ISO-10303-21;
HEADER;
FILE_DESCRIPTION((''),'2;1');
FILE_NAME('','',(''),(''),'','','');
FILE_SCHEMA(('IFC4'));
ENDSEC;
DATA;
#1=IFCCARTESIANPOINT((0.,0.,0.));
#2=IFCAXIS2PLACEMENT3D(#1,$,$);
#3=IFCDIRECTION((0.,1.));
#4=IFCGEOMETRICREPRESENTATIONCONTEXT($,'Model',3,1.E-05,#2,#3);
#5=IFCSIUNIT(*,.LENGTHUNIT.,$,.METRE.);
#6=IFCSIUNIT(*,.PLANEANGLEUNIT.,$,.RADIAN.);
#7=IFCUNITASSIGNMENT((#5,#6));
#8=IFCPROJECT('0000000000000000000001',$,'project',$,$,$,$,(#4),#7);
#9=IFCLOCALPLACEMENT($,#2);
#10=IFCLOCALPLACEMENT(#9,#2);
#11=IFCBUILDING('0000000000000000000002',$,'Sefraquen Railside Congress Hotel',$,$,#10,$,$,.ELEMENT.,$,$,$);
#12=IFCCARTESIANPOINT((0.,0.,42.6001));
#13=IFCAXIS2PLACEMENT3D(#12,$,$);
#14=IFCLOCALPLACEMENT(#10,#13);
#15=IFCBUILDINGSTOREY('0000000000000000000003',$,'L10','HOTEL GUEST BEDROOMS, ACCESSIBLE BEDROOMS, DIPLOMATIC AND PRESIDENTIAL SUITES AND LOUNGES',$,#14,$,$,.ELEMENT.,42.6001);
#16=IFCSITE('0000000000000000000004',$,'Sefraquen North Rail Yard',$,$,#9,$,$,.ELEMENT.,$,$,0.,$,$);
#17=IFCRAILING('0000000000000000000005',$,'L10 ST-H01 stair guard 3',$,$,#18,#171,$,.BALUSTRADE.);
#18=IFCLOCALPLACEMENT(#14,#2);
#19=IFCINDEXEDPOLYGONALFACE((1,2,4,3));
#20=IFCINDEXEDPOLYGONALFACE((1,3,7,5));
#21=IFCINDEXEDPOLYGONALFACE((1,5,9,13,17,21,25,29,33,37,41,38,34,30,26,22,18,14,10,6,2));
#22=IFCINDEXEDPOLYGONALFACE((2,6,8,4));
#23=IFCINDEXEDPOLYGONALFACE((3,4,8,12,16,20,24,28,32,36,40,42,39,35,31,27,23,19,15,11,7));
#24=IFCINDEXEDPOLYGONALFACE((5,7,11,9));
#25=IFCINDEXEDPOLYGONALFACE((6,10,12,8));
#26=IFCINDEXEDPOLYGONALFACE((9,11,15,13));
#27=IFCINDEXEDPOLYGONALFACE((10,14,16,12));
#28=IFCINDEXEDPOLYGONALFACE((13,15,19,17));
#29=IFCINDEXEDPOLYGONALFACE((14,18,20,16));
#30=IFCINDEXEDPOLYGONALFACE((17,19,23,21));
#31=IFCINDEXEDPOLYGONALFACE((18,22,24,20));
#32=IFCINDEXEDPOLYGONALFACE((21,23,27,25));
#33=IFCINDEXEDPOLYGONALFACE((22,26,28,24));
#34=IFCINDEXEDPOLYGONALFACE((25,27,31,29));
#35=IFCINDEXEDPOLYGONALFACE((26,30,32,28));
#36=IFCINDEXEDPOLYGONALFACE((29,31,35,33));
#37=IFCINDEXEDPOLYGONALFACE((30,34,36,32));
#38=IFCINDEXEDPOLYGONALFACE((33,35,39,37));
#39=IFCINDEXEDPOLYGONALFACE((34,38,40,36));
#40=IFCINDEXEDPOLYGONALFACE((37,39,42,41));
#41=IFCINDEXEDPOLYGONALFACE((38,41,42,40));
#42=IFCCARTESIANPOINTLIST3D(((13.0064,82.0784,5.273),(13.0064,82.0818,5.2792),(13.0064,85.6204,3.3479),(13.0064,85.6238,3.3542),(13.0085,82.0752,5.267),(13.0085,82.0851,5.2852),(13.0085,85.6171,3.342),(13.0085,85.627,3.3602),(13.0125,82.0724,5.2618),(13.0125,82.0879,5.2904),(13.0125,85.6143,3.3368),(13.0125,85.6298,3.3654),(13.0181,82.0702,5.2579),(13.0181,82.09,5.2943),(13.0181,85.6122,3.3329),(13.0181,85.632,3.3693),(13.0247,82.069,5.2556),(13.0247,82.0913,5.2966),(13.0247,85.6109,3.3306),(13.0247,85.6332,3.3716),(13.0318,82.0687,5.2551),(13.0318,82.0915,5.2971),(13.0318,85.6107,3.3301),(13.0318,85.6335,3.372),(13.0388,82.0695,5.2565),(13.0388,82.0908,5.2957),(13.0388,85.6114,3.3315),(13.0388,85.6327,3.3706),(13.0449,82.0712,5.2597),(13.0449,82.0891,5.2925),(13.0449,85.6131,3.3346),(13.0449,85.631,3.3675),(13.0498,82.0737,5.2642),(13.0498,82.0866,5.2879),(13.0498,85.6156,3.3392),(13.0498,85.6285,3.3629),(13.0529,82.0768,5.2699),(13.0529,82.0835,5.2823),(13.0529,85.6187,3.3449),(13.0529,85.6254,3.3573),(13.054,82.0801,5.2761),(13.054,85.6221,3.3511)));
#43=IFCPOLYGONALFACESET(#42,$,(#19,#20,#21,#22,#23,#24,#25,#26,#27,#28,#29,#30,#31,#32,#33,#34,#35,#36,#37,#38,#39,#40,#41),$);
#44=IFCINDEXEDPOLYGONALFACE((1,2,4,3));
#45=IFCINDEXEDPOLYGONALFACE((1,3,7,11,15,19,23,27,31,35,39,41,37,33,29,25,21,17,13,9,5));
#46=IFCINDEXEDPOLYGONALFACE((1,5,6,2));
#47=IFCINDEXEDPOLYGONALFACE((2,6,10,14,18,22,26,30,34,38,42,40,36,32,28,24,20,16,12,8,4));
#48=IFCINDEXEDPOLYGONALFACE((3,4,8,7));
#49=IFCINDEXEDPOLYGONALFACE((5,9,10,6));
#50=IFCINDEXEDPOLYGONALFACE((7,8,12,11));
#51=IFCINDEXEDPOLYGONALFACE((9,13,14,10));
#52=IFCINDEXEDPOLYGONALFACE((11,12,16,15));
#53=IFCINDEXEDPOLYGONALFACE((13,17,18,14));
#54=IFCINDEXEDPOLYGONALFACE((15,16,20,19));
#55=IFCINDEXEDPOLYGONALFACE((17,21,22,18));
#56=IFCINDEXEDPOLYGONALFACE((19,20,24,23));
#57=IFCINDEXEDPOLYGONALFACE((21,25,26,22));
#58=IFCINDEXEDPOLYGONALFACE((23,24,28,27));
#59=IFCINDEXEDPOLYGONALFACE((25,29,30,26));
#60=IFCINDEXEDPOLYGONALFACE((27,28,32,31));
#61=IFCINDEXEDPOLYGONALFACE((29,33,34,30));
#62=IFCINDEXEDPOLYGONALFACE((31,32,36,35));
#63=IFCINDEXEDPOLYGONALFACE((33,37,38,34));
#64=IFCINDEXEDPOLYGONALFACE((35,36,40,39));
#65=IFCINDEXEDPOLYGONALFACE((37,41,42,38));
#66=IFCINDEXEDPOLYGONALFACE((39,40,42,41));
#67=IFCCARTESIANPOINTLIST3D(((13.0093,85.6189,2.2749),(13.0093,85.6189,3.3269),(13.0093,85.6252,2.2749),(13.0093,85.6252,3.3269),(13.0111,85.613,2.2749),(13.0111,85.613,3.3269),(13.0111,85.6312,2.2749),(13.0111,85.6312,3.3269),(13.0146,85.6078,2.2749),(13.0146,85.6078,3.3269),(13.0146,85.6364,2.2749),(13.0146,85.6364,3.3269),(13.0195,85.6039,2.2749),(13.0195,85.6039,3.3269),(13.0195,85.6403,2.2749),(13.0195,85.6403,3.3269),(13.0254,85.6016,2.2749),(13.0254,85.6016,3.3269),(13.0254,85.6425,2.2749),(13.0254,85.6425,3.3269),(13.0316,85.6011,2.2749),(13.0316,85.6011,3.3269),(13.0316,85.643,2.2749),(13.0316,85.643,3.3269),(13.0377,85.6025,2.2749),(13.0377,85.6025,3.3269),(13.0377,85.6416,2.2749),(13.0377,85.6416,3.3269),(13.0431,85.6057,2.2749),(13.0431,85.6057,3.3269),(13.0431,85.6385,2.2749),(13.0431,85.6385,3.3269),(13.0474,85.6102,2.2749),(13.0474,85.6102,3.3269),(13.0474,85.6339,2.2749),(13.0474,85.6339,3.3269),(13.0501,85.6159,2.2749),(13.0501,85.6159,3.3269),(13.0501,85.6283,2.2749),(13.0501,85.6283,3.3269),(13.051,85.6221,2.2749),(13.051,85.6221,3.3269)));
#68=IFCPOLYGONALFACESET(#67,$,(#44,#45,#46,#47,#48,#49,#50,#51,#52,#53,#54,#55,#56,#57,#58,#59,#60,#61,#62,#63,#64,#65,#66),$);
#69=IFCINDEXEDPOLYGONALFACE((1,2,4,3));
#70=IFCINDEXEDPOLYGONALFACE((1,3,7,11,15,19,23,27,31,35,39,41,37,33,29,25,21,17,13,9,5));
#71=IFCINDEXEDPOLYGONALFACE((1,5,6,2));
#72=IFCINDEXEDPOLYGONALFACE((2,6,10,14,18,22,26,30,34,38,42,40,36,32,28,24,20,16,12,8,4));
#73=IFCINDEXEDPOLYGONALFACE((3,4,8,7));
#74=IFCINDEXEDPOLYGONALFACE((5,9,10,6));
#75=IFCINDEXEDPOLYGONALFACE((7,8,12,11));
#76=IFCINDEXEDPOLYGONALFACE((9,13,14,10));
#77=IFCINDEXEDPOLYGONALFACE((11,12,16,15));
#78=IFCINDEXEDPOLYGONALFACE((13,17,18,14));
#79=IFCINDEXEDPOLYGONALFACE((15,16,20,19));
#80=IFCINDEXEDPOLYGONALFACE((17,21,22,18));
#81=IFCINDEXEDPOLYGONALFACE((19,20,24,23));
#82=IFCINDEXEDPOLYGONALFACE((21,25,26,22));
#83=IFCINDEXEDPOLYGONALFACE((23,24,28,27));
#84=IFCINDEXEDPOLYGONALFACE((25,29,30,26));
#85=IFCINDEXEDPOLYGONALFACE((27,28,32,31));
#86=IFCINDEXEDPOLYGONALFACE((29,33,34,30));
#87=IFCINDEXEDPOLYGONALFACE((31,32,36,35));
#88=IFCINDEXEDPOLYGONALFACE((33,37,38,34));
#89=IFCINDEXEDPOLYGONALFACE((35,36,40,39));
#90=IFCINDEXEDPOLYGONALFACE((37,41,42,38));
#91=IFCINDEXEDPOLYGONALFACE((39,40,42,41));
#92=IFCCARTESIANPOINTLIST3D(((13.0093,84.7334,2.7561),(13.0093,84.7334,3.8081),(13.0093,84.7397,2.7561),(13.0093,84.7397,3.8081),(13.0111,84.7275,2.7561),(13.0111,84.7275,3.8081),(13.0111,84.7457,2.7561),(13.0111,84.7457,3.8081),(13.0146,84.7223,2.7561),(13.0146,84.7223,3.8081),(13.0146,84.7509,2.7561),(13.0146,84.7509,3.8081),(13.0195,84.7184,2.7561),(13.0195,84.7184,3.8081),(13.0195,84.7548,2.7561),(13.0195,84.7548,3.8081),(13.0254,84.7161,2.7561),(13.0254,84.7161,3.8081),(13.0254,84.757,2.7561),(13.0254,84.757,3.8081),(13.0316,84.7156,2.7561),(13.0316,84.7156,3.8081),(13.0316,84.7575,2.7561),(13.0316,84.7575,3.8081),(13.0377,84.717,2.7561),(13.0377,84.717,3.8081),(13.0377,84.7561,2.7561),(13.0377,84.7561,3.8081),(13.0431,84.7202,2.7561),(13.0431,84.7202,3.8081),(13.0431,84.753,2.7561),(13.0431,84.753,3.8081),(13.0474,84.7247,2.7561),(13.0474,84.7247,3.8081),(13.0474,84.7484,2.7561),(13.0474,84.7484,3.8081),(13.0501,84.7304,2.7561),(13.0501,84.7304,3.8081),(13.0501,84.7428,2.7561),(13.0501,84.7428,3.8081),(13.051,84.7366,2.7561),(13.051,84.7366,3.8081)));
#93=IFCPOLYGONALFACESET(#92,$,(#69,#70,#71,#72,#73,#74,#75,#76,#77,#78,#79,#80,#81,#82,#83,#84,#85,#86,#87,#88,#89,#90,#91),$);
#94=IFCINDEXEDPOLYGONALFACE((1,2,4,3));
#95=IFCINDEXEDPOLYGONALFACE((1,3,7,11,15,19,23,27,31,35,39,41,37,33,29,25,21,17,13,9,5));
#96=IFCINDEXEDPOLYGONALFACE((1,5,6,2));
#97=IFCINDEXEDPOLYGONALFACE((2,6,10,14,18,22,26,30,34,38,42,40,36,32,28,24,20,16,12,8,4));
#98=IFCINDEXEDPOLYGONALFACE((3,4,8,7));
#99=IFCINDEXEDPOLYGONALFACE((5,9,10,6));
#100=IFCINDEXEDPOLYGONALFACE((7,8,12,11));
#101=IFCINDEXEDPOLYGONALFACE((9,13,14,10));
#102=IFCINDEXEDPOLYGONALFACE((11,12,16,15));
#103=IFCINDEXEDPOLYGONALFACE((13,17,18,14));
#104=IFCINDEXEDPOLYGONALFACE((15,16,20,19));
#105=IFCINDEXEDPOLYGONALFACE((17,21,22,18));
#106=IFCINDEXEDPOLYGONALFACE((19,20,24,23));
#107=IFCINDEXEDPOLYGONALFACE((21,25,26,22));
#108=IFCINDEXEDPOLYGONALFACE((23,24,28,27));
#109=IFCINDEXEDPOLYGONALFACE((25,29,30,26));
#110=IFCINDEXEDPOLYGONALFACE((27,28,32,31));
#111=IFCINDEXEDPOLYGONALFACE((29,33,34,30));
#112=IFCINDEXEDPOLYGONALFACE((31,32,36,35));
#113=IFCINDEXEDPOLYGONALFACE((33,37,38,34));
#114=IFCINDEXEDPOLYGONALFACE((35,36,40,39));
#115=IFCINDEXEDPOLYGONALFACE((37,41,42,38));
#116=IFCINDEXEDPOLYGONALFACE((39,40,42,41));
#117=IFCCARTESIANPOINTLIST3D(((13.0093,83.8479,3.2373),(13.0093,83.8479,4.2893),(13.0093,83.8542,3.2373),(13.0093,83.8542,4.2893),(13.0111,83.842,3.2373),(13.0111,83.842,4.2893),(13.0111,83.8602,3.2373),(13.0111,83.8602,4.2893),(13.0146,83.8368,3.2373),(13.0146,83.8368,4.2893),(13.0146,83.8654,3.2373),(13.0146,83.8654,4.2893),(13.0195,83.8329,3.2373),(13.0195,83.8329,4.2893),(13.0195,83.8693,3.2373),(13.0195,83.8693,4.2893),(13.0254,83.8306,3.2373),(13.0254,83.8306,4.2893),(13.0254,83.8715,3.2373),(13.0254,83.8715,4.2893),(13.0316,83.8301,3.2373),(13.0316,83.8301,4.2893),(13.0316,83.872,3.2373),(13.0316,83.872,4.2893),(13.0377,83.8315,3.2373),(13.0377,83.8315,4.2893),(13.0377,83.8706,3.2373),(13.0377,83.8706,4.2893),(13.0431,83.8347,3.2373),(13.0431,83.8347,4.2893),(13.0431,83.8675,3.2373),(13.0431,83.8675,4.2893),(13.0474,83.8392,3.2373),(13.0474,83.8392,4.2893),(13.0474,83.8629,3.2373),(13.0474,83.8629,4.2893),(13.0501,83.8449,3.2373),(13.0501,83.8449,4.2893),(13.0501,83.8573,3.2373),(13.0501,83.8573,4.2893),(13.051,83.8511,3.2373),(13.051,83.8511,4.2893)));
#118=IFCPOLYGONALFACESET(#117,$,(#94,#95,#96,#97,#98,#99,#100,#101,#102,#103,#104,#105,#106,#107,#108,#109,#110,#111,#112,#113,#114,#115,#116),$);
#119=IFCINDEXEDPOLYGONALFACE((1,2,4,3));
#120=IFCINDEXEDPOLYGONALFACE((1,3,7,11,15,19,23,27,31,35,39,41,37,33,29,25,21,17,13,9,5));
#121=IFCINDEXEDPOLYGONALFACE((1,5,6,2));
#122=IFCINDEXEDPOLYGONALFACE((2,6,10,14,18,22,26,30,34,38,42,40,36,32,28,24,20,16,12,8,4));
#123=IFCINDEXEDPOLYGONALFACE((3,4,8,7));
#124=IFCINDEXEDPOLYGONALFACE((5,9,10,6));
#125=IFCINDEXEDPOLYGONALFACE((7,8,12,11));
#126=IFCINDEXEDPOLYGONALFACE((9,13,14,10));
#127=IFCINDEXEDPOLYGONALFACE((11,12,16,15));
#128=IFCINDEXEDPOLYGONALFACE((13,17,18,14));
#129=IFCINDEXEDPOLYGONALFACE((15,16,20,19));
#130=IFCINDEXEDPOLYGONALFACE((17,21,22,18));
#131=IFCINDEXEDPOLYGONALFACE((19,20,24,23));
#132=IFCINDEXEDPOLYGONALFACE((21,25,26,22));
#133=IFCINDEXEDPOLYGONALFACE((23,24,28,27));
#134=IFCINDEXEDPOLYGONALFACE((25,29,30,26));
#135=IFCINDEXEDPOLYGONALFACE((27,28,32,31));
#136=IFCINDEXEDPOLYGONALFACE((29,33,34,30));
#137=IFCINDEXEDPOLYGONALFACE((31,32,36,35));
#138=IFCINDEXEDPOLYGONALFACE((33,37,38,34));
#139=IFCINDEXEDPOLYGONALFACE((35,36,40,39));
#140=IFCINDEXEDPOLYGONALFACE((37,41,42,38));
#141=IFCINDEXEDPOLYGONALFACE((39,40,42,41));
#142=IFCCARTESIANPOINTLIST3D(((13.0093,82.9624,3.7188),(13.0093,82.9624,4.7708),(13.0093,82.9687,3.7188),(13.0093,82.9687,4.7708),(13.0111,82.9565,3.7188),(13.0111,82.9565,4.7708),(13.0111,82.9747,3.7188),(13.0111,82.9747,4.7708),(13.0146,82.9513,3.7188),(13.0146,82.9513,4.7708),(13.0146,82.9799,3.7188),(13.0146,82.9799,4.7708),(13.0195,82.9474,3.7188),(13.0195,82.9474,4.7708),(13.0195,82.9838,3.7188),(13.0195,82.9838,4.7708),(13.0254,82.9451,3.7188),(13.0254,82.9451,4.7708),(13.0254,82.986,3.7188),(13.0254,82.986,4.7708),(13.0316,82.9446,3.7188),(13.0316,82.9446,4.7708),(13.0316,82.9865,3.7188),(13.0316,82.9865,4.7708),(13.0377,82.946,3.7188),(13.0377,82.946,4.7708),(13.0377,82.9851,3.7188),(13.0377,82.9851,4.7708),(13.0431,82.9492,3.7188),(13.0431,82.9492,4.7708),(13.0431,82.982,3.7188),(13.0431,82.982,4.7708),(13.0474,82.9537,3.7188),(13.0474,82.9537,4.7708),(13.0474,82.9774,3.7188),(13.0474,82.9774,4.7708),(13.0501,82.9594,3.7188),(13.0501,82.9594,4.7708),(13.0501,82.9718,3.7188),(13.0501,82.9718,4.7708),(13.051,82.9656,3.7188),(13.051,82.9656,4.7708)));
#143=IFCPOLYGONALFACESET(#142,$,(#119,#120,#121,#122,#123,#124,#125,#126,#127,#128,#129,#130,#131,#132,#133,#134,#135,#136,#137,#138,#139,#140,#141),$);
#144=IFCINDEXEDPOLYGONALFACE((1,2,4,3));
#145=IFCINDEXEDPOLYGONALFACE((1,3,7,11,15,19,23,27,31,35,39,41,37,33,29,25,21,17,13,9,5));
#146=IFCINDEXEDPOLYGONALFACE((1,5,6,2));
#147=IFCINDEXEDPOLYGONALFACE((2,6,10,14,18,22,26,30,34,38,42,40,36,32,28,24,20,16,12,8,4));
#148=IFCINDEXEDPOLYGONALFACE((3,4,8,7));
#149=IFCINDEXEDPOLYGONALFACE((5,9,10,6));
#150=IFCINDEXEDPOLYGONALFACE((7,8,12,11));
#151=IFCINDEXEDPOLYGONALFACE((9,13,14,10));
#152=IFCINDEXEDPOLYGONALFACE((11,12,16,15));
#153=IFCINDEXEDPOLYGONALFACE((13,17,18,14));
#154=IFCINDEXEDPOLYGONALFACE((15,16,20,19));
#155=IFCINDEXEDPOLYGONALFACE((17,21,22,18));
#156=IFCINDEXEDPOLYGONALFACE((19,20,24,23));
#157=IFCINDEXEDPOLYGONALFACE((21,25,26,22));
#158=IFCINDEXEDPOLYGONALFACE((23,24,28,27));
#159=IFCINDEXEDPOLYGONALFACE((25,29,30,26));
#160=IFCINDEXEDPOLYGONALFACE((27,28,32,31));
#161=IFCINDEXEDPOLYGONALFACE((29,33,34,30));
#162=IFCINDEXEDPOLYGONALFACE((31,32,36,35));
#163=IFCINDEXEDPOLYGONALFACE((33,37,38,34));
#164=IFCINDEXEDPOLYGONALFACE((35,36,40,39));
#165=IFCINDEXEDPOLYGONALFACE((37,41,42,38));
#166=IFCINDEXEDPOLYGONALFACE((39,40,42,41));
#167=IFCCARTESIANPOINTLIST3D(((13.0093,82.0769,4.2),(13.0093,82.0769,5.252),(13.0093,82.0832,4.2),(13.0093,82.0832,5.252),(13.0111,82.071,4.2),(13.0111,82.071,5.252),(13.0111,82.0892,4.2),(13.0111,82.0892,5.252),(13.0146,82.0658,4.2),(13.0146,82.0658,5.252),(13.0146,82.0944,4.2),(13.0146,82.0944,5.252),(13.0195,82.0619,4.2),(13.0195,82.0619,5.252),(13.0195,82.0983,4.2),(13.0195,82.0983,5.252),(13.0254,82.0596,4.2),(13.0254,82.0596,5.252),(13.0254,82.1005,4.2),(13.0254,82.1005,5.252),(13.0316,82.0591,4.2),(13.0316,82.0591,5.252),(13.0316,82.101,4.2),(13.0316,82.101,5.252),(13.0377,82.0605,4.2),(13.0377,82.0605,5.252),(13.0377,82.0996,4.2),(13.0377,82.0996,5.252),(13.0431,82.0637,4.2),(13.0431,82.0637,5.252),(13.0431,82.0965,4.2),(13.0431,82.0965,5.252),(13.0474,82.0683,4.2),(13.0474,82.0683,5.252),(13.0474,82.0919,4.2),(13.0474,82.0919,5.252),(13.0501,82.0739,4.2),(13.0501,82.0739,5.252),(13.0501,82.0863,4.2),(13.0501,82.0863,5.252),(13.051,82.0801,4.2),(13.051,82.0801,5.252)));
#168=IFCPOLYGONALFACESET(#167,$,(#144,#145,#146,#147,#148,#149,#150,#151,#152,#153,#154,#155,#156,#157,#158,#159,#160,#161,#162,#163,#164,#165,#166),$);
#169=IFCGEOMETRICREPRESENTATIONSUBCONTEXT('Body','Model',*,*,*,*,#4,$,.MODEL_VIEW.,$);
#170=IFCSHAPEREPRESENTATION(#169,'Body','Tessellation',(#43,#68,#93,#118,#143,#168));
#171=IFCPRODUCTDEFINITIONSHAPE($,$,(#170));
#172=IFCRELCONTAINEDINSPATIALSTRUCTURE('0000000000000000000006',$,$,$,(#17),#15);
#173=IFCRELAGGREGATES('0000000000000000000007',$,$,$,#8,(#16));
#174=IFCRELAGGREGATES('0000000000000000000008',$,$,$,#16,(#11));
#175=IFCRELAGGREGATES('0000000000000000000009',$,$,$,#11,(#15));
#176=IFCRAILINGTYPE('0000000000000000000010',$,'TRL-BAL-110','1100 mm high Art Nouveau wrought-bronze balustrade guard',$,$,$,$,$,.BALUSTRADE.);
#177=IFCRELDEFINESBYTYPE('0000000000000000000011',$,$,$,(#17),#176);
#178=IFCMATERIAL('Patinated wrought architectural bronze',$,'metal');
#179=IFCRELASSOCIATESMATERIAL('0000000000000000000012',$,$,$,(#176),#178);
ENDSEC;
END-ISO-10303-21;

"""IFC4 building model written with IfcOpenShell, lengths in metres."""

from ifc_helpers import new_model, si_unit, direction, frame, origin, origin_2d, place, context, subcontext, project, spatial, circle, extrude, material, type_object, element, save


model = new_model("IFC4")

# Units and contexts
model_context = context("Model", 3, precision=1e-05, world=origin(), true_north=direction((0.0, 1.0)))
body_context = subcontext(model_context, "Body", "Model", "MODEL_VIEW")
ifc_project = project(units=[si_unit("LENGTHUNIT", "METRE"), si_unit("PLANEANGLEUNIT", "RADIAN")], contexts=[model_context])

# Site, building, storey
site_placement = place(None, origin())
site = spatial("IfcSite", under=ifc_project, at=site_placement, Name="Sefraquen North Rail Yard", CompositionType="ELEMENT", RefElevation=0.0)
building_placement = place(site_placement, origin())
building = spatial("IfcBuilding", under=site, at=building_placement, Name="Sefraquen Railside Congress Hotel", CompositionType="ELEMENT")
storey_placement = place(building_placement, frame((0.0, 0.0, 42.6001)))
storey = spatial("IfcBuildingStorey", under=building, at=storey_placement, Name="L10", Description="HOTEL GUEST BEDROOMS, ACCESSIBLE BEDROOMS, DIPLOMATIC AND PRESIDENTIAL SUITES AND LOUNGES", CompositionType="ELEMENT", Elevation=42.6001)

# Railing
ifc_material_1 = material(Name="Patinated wrought architectural bronze", Category="metal")
railing_type_1 = type_object("IfcRailingType", Name="TRL-BAL-110", Description="1100 mm high Art Nouveau wrought-bronze balustrade guard", PredefinedType="BALUSTRADE", material=ifc_material_1)
railing_1_placement = place(storey_placement, frame((13.03, 85.6221, 2.2749)))
element("IfcRailing", 1, at=railing_1_placement, inside=storey, type_object=railing_type_1, Name="L10 ST-H01 stair guard 3", PredefinedType="BALUSTRADE", context=body_context, shape_type="SweptSolid", body=[
    extrude(circle(Radius=0.0239, at=origin_2d()), frame((0.0, 0.0, 1.0762), z_axis=(0.0, -0.878619, 0.477523), x_axis=(1.0, 0.0, 0.0)), (0.0, 0.0, 1.0), 4.0312),
    extrude(circle(Radius=0.021, at=origin_2d()), origin(), (0.0, 0.0, 1.0), 1.052),
    extrude(circle(Radius=0.021, at=origin_2d()), frame((0.0, -0.8855, 0.4812)), (0.0, 0.0, 1.0), 1.052),
    extrude(circle(Radius=0.021, at=origin_2d()), frame((0.0, -1.771, 0.9624)), (0.0, 0.0, 1.0), 1.052),
    extrude(circle(Radius=0.021, at=origin_2d()), frame((0.0, -2.6565, 1.4438)), (0.0, 0.0, 1.0), 1.052),
    extrude(circle(Radius=0.021, at=origin_2d()), frame((0.0, -3.542, 1.925)), (0.0, 0.0, 1.0), 1.052),
])

save(model, "model.ifc")
